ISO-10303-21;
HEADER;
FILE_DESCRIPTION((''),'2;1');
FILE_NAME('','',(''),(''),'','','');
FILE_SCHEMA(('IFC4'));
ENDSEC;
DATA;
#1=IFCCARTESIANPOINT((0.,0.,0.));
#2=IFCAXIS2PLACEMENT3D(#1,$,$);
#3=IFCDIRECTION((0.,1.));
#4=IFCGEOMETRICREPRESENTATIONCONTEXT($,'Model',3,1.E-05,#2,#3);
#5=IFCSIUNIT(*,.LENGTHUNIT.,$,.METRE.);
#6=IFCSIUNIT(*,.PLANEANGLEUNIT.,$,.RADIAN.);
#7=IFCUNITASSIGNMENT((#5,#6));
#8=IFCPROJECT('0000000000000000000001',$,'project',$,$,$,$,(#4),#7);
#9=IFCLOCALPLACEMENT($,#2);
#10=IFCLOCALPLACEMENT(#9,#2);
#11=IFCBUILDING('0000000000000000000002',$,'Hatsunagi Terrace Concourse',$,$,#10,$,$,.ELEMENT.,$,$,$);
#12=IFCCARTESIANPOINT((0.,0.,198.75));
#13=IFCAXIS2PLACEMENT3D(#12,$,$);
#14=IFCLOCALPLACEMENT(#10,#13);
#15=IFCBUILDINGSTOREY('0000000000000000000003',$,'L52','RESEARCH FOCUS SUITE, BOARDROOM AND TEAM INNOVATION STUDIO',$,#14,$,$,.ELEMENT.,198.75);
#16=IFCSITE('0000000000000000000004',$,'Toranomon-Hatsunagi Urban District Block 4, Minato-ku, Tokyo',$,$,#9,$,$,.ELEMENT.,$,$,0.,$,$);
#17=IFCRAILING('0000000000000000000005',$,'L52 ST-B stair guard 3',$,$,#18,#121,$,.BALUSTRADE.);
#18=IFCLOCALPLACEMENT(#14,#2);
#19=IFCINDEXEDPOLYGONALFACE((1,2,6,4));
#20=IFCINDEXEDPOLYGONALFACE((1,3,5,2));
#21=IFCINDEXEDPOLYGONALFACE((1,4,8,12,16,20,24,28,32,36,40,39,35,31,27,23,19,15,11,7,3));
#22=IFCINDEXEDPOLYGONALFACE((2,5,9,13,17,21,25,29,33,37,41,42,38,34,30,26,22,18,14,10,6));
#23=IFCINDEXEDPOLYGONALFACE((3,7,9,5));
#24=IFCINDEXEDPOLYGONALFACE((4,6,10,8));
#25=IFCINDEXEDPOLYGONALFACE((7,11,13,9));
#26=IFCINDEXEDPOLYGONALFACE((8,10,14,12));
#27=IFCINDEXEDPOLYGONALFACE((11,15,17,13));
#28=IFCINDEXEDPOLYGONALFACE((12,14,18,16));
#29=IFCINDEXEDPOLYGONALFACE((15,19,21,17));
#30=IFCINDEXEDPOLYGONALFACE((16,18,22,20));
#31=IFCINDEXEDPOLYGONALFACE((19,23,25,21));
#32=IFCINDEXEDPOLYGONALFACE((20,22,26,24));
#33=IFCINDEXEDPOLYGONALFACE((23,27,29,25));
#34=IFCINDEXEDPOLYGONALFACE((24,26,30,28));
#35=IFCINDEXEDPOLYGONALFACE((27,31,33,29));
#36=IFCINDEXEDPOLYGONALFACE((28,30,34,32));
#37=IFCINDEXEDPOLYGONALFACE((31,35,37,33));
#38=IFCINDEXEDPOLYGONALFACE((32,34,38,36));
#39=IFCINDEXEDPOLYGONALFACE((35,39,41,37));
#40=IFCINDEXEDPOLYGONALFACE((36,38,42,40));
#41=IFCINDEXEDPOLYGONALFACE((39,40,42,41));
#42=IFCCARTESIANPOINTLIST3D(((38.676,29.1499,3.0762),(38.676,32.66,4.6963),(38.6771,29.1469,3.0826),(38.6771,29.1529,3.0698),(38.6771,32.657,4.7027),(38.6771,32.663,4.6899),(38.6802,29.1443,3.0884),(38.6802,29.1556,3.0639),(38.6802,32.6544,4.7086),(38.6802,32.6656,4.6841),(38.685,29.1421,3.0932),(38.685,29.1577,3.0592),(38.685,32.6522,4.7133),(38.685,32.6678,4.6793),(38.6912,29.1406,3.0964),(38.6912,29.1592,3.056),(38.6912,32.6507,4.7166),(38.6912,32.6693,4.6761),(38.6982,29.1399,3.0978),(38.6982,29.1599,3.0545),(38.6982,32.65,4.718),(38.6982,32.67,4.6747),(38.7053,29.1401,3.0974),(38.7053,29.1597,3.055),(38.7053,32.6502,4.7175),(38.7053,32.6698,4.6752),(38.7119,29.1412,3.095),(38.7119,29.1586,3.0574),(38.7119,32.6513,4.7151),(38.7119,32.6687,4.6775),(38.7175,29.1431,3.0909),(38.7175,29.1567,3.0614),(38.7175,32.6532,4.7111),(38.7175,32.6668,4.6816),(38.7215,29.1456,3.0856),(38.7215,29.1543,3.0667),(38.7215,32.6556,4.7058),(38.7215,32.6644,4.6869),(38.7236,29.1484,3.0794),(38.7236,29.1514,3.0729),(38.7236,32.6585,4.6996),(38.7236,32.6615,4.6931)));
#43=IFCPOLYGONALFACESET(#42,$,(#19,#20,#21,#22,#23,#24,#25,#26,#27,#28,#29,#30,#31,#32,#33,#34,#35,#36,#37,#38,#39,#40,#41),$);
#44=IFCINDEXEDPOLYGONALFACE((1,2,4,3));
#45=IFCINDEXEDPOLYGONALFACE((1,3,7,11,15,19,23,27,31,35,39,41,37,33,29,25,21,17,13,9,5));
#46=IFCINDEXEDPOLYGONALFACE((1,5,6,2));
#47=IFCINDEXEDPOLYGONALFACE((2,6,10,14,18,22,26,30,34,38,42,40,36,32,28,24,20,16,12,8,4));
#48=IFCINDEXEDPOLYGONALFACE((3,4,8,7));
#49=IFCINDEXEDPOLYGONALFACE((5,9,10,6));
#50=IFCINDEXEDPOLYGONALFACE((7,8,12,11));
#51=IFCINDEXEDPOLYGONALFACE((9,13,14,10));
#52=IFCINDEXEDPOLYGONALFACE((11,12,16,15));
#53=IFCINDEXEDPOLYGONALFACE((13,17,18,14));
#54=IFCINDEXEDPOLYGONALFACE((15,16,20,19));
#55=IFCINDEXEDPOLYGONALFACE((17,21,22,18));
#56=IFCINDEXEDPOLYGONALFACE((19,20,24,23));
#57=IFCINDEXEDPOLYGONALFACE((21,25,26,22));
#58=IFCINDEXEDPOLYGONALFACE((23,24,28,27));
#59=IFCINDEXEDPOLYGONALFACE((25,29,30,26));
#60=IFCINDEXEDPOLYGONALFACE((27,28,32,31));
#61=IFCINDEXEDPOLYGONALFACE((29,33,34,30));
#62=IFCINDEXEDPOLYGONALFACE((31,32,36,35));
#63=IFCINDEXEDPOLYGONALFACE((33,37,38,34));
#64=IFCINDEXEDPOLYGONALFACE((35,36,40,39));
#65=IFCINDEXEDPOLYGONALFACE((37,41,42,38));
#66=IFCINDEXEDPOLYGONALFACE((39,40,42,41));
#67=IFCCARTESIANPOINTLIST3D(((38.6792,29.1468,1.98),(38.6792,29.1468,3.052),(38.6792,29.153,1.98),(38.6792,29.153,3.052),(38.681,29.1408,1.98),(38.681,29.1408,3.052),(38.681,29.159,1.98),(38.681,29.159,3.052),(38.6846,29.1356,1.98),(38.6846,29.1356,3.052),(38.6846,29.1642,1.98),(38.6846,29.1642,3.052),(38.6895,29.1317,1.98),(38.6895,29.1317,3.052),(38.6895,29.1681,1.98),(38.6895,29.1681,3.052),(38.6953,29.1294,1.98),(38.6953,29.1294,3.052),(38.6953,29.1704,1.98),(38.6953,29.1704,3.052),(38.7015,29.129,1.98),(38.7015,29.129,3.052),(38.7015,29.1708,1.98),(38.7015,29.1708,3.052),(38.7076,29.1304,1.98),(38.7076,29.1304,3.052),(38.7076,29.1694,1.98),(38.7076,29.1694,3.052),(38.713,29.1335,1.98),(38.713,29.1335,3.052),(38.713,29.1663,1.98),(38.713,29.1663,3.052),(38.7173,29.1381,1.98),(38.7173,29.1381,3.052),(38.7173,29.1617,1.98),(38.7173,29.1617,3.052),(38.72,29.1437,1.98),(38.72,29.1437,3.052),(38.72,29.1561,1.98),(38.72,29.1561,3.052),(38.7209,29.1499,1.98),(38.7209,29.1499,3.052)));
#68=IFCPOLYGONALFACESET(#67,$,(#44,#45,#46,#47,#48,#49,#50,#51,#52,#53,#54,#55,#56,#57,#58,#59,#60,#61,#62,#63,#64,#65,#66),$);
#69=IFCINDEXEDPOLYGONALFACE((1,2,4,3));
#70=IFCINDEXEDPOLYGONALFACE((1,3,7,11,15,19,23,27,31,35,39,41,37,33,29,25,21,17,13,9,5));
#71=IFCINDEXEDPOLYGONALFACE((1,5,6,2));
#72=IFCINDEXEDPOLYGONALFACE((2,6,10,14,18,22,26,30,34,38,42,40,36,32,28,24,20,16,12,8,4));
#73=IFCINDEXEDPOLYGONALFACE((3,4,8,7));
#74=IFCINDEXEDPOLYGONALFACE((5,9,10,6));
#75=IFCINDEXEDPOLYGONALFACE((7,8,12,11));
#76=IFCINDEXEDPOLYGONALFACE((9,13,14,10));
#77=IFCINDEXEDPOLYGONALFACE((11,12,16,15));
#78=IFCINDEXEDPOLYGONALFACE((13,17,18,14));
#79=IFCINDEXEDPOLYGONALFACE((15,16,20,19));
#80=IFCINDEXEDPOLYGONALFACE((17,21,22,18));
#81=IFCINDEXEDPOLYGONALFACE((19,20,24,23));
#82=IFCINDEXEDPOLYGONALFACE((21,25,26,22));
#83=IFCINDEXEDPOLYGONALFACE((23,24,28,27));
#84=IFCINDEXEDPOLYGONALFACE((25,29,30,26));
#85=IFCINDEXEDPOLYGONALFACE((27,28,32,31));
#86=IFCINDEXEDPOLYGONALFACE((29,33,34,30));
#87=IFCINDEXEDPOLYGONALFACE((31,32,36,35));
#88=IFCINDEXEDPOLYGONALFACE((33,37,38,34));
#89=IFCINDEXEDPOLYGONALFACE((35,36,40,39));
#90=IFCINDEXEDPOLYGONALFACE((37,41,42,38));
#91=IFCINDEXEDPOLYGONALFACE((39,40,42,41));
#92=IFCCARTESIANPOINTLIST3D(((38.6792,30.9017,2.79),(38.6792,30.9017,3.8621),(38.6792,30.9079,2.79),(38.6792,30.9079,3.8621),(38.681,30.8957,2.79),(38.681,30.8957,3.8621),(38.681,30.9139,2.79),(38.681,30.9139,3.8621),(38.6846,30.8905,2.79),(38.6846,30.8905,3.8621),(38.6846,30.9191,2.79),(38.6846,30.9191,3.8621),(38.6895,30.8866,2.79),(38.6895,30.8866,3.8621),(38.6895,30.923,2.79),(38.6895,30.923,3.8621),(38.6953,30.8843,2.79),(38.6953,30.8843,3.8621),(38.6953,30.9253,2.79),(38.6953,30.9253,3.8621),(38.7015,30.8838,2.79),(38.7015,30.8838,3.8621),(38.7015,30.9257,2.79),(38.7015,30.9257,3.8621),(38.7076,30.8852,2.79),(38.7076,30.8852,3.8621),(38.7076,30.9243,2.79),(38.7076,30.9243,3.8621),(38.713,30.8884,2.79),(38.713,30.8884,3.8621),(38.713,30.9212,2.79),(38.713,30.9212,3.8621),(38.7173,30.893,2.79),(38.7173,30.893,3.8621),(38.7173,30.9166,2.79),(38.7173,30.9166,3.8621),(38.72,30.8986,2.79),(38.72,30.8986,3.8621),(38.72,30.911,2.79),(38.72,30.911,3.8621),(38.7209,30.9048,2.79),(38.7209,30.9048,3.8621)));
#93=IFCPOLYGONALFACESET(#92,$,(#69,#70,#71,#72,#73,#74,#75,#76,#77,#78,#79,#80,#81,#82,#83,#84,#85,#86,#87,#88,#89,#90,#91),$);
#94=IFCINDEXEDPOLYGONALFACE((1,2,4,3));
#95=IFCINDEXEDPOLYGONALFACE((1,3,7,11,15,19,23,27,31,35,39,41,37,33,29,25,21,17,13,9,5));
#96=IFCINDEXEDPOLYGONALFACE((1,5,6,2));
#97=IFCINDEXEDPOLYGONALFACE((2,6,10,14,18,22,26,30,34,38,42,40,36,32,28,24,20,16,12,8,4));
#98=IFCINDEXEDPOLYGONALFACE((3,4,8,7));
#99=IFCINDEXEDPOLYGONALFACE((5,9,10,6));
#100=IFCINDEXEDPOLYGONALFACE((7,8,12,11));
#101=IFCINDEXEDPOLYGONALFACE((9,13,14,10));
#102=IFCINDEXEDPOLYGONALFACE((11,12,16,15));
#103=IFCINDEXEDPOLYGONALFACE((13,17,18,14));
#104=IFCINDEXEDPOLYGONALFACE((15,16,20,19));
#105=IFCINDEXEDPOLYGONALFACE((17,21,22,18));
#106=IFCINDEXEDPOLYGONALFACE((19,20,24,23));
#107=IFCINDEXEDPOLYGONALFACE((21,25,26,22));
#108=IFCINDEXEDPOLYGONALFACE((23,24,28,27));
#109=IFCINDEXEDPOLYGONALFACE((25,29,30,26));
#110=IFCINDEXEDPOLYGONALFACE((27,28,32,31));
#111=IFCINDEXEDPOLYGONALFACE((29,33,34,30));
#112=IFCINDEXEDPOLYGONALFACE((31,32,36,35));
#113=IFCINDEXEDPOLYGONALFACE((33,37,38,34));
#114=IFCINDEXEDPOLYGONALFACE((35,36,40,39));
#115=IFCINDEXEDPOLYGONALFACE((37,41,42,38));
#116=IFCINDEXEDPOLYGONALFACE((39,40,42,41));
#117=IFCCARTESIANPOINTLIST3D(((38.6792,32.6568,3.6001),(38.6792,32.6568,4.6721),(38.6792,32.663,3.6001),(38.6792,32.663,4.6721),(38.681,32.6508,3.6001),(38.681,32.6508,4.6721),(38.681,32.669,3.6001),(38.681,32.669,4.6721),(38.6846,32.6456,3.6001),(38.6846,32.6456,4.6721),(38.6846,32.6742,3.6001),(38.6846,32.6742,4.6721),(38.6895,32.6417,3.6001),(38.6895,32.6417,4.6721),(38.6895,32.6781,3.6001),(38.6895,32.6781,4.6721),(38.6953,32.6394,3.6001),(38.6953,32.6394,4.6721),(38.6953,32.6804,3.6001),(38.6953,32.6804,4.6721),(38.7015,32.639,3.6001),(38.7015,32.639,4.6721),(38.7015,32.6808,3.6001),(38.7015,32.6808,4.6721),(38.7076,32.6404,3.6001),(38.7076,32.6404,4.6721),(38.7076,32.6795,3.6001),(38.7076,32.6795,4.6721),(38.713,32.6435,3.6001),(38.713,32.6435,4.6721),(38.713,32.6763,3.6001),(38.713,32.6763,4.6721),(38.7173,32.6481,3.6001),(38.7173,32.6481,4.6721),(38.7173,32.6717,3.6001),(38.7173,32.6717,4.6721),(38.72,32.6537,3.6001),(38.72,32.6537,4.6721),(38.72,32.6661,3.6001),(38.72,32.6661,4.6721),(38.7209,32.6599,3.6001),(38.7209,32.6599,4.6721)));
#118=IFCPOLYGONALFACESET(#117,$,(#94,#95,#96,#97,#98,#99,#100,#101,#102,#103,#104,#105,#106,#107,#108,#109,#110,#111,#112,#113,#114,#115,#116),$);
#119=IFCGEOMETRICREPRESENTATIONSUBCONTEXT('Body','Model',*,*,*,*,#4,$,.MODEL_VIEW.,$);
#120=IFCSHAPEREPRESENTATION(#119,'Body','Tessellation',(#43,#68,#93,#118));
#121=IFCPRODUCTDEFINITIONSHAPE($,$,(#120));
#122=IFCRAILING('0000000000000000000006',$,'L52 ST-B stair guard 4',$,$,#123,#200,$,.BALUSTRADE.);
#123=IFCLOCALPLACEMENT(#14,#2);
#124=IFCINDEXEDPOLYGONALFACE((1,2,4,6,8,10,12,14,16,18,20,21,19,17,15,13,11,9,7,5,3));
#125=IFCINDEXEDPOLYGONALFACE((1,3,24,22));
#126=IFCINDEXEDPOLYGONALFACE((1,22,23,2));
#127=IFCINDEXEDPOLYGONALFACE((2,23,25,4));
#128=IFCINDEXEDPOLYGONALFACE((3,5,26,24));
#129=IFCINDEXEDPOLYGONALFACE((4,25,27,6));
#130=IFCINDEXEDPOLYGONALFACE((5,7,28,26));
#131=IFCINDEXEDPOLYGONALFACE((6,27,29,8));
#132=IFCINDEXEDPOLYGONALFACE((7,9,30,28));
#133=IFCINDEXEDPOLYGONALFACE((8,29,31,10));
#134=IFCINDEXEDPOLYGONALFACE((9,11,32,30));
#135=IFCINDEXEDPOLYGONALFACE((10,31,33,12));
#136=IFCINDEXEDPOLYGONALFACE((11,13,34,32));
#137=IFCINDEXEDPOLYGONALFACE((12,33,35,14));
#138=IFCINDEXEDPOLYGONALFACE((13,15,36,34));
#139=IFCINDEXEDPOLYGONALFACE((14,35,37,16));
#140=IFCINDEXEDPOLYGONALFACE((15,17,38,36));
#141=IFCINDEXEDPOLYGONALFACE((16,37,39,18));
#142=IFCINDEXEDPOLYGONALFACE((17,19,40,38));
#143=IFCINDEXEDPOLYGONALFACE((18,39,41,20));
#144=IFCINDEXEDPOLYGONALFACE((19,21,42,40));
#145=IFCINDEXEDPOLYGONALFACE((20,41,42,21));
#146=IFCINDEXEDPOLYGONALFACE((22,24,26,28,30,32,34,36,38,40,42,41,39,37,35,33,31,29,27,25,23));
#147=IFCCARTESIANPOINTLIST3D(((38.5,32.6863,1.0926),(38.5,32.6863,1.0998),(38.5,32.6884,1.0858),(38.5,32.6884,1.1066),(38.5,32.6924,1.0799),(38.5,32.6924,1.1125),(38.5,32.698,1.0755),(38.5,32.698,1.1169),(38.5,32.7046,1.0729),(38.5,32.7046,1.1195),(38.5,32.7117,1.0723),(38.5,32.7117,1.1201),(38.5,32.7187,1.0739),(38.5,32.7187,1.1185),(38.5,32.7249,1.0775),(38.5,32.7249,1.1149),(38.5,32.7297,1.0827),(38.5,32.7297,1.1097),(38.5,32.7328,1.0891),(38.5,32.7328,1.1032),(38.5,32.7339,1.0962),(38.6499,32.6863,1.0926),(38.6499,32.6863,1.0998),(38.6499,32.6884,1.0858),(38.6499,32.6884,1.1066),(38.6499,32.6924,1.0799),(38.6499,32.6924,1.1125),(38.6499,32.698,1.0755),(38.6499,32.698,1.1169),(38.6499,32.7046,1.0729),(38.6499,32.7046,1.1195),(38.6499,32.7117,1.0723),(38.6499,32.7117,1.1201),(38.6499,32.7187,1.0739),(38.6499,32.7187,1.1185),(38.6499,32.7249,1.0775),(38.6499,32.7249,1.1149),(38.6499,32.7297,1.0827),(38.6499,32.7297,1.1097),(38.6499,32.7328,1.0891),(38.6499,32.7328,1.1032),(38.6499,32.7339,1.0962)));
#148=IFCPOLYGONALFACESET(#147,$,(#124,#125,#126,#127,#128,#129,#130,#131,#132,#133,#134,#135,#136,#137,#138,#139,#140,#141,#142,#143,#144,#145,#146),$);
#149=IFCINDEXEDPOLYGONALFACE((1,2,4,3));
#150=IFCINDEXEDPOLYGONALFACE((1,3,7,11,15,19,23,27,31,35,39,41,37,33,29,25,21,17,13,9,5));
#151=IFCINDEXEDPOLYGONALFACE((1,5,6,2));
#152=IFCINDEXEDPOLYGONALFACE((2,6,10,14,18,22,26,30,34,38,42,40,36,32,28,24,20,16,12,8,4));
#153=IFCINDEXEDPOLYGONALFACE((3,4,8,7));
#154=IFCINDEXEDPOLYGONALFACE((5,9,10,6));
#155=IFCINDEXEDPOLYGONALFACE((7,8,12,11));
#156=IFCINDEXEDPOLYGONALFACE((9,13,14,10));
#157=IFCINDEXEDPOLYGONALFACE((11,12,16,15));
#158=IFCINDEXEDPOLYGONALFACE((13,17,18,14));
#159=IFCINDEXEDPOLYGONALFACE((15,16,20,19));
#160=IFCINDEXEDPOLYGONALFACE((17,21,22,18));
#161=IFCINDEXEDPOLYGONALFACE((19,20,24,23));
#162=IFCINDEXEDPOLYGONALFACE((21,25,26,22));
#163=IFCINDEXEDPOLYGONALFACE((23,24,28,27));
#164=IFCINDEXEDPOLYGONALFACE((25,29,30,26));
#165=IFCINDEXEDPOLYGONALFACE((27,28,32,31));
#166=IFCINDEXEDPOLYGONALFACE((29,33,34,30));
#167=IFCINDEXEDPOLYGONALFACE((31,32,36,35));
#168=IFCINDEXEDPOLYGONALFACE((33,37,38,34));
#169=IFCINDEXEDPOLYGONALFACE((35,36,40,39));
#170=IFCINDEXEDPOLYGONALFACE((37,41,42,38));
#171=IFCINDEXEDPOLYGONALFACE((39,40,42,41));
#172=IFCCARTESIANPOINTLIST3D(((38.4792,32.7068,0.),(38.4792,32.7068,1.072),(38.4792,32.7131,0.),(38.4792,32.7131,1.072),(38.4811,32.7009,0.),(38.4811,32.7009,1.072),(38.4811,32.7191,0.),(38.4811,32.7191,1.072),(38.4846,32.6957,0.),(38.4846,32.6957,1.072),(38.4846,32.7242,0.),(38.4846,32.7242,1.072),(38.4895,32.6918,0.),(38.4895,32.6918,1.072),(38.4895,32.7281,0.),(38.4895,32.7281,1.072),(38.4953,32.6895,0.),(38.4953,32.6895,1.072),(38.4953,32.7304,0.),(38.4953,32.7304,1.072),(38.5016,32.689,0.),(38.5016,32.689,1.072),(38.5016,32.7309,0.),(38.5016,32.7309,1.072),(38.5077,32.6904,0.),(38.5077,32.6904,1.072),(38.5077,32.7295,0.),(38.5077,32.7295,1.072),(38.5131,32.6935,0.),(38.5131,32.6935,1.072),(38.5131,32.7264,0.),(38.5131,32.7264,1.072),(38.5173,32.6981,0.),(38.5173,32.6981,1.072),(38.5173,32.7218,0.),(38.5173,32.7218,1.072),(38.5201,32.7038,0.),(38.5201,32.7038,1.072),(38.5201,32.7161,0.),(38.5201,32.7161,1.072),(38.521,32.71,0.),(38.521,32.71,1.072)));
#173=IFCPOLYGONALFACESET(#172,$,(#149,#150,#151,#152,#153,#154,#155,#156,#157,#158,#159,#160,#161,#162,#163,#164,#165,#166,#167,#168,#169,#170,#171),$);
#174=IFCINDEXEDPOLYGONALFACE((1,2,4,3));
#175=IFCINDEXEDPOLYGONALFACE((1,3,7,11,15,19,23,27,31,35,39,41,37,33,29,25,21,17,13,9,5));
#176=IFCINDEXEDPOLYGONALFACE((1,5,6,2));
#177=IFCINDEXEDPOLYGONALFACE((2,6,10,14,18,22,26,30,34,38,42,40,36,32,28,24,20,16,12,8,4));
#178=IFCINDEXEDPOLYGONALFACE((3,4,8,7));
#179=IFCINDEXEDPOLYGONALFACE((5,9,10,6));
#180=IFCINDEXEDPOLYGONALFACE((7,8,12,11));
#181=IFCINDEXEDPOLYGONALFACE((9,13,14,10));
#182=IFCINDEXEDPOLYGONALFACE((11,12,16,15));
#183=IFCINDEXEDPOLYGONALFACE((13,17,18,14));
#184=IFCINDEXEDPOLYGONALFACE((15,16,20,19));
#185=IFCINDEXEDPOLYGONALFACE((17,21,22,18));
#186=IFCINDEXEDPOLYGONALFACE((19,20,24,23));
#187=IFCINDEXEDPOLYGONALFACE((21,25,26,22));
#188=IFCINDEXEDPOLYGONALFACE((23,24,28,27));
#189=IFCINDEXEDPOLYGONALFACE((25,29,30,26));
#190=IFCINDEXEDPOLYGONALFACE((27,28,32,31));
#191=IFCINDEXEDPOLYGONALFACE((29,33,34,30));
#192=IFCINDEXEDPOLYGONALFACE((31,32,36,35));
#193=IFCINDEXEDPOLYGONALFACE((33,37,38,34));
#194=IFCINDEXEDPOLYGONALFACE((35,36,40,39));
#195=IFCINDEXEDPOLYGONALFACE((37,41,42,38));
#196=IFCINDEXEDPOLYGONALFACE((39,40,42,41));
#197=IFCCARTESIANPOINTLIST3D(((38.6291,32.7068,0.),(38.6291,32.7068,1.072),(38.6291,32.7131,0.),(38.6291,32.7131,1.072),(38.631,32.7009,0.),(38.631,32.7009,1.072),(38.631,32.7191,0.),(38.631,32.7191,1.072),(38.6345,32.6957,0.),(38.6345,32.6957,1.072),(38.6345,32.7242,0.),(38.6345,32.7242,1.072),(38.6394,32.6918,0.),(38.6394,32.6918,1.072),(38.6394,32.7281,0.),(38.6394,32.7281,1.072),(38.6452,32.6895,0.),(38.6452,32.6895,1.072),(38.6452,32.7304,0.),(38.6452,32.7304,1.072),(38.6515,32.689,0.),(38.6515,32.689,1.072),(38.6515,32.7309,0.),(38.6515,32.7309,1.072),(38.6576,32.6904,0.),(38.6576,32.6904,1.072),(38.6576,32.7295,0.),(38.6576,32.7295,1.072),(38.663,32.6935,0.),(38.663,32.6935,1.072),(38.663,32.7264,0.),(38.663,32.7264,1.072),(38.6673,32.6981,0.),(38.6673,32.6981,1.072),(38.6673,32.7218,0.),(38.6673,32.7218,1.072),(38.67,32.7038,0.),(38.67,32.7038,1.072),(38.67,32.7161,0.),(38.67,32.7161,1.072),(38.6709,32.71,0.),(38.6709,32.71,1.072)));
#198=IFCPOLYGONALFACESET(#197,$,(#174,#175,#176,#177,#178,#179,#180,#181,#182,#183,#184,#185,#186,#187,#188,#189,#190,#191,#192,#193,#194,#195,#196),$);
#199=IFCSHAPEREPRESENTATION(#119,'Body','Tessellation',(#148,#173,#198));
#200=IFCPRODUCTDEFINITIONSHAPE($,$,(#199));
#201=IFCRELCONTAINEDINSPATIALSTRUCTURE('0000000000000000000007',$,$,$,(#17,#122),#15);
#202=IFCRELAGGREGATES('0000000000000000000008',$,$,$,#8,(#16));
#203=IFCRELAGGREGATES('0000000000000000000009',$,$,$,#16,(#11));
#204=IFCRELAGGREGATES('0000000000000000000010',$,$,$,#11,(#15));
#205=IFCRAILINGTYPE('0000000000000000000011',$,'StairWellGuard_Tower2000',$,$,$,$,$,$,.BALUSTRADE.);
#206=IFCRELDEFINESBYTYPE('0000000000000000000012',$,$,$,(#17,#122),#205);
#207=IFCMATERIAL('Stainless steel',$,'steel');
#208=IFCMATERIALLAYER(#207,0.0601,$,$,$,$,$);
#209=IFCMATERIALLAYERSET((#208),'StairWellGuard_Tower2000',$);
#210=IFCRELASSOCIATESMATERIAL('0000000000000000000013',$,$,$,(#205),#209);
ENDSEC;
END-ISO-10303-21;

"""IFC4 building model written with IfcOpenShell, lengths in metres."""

from ifc_helpers import new_model, si_unit, direction, frame, origin, origin_2d, place, context, subcontext, project, spatial, circle, extrude, material, layer, layer_set, type_object, element, save


model = new_model("IFC4")

# Units and contexts
model_context = context("Model", 3, precision=1e-05, world=origin(), true_north=direction((0.0, 1.0)))
body_context = subcontext(model_context, "Body", "Model", "MODEL_VIEW")
ifc_project = project(units=[si_unit("LENGTHUNIT", "METRE"), si_unit("PLANEANGLEUNIT", "RADIAN")], contexts=[model_context])

# Site, building, storey
site_placement = place(None, origin())
site = spatial("IfcSite", under=ifc_project, at=site_placement, Name="Toranomon-Hatsunagi Urban District Block 4, Minato-ku, Tokyo", CompositionType="ELEMENT", RefElevation=0.0)
building_placement = place(site_placement, origin())
building = spatial("IfcBuilding", under=site, at=building_placement, Name="Hatsunagi Terrace Concourse", CompositionType="ELEMENT")
storey_placement = place(building_placement, frame((0.0, 0.0, 198.75)))
storey = spatial("IfcBuildingStorey", under=building, at=storey_placement, Name="L52", Description="RESEARCH FOCUS SUITE, BOARDROOM AND TEAM INNOVATION STUDIO", CompositionType="ELEMENT", Elevation=198.75)

# Railings
ifc_material_1 = material(Name="Stainless steel", Category="steel")
ifc_layer_1 = layer(ifc_material_1, 0.0601)
ifc_layer_set_1 = layer_set([ifc_layer_1], Name="StairWellGuard_Tower2000")
railing_type_1 = type_object("IfcRailingType", Name="StairWellGuard_Tower2000", PredefinedType="BALUSTRADE", material=ifc_layer_set_1)
railing_1_placement = place(storey_placement, frame((38.7, 29.1499, 1.98)))
element("IfcRailing", 1, at=railing_1_placement, inside=storey, type_object=railing_type_1, Name="L52 ST-B stair guard 3", PredefinedType="BALUSTRADE", context=body_context, shape_type="SweptSolid", body=[
    extrude(circle(Radius=0.0239, at=origin_2d()), frame((0.0, 0.0, 1.0962), z_axis=(0.0, 0.907948, 0.419082), x_axis=(-1.0, 0.0, 0.0)), (0.0, 0.0, 1.0), 3.866),
    extrude(circle(Radius=0.021, at=origin_2d()), origin(), (0.0, 0.0, 1.0), 1.072),
    extrude(circle(Radius=0.021, at=origin_2d()), frame((0.0, 1.7549, 0.8101)), (0.0, 0.0, 1.0), 1.072),
    extrude(circle(Radius=0.021, at=origin_2d()), frame((0.0, 3.51, 1.6201)), (0.0, 0.0, 1.0), 1.072),
])
railing_2_placement = place(storey_placement, frame((38.5, 32.71, 0.0)))
element("IfcRailing", 2, at=railing_2_placement, inside=storey, type_object=railing_type_1, Name="L52 ST-B stair guard 4", PredefinedType="BALUSTRADE", context=body_context, shape_type="SweptSolid", body=[
    extrude(circle(Radius=0.0239, at=origin_2d()), frame((0.0, 0.0, 1.0962), z_axis=(1.0, 0.0, 0.0), x_axis=(0.0, 1.0, 0.0)), (0.0, 0.0, 1.0), 0.1499),
    extrude(circle(Radius=0.021, at=origin_2d()), origin(), (0.0, 0.0, 1.0), 1.072),
    extrude(circle(Radius=0.021, at=origin_2d()), frame((0.1499, 0.0, 0.0)), (0.0, 0.0, 1.0), 1.072),
])

save(model, "model.ifc")
